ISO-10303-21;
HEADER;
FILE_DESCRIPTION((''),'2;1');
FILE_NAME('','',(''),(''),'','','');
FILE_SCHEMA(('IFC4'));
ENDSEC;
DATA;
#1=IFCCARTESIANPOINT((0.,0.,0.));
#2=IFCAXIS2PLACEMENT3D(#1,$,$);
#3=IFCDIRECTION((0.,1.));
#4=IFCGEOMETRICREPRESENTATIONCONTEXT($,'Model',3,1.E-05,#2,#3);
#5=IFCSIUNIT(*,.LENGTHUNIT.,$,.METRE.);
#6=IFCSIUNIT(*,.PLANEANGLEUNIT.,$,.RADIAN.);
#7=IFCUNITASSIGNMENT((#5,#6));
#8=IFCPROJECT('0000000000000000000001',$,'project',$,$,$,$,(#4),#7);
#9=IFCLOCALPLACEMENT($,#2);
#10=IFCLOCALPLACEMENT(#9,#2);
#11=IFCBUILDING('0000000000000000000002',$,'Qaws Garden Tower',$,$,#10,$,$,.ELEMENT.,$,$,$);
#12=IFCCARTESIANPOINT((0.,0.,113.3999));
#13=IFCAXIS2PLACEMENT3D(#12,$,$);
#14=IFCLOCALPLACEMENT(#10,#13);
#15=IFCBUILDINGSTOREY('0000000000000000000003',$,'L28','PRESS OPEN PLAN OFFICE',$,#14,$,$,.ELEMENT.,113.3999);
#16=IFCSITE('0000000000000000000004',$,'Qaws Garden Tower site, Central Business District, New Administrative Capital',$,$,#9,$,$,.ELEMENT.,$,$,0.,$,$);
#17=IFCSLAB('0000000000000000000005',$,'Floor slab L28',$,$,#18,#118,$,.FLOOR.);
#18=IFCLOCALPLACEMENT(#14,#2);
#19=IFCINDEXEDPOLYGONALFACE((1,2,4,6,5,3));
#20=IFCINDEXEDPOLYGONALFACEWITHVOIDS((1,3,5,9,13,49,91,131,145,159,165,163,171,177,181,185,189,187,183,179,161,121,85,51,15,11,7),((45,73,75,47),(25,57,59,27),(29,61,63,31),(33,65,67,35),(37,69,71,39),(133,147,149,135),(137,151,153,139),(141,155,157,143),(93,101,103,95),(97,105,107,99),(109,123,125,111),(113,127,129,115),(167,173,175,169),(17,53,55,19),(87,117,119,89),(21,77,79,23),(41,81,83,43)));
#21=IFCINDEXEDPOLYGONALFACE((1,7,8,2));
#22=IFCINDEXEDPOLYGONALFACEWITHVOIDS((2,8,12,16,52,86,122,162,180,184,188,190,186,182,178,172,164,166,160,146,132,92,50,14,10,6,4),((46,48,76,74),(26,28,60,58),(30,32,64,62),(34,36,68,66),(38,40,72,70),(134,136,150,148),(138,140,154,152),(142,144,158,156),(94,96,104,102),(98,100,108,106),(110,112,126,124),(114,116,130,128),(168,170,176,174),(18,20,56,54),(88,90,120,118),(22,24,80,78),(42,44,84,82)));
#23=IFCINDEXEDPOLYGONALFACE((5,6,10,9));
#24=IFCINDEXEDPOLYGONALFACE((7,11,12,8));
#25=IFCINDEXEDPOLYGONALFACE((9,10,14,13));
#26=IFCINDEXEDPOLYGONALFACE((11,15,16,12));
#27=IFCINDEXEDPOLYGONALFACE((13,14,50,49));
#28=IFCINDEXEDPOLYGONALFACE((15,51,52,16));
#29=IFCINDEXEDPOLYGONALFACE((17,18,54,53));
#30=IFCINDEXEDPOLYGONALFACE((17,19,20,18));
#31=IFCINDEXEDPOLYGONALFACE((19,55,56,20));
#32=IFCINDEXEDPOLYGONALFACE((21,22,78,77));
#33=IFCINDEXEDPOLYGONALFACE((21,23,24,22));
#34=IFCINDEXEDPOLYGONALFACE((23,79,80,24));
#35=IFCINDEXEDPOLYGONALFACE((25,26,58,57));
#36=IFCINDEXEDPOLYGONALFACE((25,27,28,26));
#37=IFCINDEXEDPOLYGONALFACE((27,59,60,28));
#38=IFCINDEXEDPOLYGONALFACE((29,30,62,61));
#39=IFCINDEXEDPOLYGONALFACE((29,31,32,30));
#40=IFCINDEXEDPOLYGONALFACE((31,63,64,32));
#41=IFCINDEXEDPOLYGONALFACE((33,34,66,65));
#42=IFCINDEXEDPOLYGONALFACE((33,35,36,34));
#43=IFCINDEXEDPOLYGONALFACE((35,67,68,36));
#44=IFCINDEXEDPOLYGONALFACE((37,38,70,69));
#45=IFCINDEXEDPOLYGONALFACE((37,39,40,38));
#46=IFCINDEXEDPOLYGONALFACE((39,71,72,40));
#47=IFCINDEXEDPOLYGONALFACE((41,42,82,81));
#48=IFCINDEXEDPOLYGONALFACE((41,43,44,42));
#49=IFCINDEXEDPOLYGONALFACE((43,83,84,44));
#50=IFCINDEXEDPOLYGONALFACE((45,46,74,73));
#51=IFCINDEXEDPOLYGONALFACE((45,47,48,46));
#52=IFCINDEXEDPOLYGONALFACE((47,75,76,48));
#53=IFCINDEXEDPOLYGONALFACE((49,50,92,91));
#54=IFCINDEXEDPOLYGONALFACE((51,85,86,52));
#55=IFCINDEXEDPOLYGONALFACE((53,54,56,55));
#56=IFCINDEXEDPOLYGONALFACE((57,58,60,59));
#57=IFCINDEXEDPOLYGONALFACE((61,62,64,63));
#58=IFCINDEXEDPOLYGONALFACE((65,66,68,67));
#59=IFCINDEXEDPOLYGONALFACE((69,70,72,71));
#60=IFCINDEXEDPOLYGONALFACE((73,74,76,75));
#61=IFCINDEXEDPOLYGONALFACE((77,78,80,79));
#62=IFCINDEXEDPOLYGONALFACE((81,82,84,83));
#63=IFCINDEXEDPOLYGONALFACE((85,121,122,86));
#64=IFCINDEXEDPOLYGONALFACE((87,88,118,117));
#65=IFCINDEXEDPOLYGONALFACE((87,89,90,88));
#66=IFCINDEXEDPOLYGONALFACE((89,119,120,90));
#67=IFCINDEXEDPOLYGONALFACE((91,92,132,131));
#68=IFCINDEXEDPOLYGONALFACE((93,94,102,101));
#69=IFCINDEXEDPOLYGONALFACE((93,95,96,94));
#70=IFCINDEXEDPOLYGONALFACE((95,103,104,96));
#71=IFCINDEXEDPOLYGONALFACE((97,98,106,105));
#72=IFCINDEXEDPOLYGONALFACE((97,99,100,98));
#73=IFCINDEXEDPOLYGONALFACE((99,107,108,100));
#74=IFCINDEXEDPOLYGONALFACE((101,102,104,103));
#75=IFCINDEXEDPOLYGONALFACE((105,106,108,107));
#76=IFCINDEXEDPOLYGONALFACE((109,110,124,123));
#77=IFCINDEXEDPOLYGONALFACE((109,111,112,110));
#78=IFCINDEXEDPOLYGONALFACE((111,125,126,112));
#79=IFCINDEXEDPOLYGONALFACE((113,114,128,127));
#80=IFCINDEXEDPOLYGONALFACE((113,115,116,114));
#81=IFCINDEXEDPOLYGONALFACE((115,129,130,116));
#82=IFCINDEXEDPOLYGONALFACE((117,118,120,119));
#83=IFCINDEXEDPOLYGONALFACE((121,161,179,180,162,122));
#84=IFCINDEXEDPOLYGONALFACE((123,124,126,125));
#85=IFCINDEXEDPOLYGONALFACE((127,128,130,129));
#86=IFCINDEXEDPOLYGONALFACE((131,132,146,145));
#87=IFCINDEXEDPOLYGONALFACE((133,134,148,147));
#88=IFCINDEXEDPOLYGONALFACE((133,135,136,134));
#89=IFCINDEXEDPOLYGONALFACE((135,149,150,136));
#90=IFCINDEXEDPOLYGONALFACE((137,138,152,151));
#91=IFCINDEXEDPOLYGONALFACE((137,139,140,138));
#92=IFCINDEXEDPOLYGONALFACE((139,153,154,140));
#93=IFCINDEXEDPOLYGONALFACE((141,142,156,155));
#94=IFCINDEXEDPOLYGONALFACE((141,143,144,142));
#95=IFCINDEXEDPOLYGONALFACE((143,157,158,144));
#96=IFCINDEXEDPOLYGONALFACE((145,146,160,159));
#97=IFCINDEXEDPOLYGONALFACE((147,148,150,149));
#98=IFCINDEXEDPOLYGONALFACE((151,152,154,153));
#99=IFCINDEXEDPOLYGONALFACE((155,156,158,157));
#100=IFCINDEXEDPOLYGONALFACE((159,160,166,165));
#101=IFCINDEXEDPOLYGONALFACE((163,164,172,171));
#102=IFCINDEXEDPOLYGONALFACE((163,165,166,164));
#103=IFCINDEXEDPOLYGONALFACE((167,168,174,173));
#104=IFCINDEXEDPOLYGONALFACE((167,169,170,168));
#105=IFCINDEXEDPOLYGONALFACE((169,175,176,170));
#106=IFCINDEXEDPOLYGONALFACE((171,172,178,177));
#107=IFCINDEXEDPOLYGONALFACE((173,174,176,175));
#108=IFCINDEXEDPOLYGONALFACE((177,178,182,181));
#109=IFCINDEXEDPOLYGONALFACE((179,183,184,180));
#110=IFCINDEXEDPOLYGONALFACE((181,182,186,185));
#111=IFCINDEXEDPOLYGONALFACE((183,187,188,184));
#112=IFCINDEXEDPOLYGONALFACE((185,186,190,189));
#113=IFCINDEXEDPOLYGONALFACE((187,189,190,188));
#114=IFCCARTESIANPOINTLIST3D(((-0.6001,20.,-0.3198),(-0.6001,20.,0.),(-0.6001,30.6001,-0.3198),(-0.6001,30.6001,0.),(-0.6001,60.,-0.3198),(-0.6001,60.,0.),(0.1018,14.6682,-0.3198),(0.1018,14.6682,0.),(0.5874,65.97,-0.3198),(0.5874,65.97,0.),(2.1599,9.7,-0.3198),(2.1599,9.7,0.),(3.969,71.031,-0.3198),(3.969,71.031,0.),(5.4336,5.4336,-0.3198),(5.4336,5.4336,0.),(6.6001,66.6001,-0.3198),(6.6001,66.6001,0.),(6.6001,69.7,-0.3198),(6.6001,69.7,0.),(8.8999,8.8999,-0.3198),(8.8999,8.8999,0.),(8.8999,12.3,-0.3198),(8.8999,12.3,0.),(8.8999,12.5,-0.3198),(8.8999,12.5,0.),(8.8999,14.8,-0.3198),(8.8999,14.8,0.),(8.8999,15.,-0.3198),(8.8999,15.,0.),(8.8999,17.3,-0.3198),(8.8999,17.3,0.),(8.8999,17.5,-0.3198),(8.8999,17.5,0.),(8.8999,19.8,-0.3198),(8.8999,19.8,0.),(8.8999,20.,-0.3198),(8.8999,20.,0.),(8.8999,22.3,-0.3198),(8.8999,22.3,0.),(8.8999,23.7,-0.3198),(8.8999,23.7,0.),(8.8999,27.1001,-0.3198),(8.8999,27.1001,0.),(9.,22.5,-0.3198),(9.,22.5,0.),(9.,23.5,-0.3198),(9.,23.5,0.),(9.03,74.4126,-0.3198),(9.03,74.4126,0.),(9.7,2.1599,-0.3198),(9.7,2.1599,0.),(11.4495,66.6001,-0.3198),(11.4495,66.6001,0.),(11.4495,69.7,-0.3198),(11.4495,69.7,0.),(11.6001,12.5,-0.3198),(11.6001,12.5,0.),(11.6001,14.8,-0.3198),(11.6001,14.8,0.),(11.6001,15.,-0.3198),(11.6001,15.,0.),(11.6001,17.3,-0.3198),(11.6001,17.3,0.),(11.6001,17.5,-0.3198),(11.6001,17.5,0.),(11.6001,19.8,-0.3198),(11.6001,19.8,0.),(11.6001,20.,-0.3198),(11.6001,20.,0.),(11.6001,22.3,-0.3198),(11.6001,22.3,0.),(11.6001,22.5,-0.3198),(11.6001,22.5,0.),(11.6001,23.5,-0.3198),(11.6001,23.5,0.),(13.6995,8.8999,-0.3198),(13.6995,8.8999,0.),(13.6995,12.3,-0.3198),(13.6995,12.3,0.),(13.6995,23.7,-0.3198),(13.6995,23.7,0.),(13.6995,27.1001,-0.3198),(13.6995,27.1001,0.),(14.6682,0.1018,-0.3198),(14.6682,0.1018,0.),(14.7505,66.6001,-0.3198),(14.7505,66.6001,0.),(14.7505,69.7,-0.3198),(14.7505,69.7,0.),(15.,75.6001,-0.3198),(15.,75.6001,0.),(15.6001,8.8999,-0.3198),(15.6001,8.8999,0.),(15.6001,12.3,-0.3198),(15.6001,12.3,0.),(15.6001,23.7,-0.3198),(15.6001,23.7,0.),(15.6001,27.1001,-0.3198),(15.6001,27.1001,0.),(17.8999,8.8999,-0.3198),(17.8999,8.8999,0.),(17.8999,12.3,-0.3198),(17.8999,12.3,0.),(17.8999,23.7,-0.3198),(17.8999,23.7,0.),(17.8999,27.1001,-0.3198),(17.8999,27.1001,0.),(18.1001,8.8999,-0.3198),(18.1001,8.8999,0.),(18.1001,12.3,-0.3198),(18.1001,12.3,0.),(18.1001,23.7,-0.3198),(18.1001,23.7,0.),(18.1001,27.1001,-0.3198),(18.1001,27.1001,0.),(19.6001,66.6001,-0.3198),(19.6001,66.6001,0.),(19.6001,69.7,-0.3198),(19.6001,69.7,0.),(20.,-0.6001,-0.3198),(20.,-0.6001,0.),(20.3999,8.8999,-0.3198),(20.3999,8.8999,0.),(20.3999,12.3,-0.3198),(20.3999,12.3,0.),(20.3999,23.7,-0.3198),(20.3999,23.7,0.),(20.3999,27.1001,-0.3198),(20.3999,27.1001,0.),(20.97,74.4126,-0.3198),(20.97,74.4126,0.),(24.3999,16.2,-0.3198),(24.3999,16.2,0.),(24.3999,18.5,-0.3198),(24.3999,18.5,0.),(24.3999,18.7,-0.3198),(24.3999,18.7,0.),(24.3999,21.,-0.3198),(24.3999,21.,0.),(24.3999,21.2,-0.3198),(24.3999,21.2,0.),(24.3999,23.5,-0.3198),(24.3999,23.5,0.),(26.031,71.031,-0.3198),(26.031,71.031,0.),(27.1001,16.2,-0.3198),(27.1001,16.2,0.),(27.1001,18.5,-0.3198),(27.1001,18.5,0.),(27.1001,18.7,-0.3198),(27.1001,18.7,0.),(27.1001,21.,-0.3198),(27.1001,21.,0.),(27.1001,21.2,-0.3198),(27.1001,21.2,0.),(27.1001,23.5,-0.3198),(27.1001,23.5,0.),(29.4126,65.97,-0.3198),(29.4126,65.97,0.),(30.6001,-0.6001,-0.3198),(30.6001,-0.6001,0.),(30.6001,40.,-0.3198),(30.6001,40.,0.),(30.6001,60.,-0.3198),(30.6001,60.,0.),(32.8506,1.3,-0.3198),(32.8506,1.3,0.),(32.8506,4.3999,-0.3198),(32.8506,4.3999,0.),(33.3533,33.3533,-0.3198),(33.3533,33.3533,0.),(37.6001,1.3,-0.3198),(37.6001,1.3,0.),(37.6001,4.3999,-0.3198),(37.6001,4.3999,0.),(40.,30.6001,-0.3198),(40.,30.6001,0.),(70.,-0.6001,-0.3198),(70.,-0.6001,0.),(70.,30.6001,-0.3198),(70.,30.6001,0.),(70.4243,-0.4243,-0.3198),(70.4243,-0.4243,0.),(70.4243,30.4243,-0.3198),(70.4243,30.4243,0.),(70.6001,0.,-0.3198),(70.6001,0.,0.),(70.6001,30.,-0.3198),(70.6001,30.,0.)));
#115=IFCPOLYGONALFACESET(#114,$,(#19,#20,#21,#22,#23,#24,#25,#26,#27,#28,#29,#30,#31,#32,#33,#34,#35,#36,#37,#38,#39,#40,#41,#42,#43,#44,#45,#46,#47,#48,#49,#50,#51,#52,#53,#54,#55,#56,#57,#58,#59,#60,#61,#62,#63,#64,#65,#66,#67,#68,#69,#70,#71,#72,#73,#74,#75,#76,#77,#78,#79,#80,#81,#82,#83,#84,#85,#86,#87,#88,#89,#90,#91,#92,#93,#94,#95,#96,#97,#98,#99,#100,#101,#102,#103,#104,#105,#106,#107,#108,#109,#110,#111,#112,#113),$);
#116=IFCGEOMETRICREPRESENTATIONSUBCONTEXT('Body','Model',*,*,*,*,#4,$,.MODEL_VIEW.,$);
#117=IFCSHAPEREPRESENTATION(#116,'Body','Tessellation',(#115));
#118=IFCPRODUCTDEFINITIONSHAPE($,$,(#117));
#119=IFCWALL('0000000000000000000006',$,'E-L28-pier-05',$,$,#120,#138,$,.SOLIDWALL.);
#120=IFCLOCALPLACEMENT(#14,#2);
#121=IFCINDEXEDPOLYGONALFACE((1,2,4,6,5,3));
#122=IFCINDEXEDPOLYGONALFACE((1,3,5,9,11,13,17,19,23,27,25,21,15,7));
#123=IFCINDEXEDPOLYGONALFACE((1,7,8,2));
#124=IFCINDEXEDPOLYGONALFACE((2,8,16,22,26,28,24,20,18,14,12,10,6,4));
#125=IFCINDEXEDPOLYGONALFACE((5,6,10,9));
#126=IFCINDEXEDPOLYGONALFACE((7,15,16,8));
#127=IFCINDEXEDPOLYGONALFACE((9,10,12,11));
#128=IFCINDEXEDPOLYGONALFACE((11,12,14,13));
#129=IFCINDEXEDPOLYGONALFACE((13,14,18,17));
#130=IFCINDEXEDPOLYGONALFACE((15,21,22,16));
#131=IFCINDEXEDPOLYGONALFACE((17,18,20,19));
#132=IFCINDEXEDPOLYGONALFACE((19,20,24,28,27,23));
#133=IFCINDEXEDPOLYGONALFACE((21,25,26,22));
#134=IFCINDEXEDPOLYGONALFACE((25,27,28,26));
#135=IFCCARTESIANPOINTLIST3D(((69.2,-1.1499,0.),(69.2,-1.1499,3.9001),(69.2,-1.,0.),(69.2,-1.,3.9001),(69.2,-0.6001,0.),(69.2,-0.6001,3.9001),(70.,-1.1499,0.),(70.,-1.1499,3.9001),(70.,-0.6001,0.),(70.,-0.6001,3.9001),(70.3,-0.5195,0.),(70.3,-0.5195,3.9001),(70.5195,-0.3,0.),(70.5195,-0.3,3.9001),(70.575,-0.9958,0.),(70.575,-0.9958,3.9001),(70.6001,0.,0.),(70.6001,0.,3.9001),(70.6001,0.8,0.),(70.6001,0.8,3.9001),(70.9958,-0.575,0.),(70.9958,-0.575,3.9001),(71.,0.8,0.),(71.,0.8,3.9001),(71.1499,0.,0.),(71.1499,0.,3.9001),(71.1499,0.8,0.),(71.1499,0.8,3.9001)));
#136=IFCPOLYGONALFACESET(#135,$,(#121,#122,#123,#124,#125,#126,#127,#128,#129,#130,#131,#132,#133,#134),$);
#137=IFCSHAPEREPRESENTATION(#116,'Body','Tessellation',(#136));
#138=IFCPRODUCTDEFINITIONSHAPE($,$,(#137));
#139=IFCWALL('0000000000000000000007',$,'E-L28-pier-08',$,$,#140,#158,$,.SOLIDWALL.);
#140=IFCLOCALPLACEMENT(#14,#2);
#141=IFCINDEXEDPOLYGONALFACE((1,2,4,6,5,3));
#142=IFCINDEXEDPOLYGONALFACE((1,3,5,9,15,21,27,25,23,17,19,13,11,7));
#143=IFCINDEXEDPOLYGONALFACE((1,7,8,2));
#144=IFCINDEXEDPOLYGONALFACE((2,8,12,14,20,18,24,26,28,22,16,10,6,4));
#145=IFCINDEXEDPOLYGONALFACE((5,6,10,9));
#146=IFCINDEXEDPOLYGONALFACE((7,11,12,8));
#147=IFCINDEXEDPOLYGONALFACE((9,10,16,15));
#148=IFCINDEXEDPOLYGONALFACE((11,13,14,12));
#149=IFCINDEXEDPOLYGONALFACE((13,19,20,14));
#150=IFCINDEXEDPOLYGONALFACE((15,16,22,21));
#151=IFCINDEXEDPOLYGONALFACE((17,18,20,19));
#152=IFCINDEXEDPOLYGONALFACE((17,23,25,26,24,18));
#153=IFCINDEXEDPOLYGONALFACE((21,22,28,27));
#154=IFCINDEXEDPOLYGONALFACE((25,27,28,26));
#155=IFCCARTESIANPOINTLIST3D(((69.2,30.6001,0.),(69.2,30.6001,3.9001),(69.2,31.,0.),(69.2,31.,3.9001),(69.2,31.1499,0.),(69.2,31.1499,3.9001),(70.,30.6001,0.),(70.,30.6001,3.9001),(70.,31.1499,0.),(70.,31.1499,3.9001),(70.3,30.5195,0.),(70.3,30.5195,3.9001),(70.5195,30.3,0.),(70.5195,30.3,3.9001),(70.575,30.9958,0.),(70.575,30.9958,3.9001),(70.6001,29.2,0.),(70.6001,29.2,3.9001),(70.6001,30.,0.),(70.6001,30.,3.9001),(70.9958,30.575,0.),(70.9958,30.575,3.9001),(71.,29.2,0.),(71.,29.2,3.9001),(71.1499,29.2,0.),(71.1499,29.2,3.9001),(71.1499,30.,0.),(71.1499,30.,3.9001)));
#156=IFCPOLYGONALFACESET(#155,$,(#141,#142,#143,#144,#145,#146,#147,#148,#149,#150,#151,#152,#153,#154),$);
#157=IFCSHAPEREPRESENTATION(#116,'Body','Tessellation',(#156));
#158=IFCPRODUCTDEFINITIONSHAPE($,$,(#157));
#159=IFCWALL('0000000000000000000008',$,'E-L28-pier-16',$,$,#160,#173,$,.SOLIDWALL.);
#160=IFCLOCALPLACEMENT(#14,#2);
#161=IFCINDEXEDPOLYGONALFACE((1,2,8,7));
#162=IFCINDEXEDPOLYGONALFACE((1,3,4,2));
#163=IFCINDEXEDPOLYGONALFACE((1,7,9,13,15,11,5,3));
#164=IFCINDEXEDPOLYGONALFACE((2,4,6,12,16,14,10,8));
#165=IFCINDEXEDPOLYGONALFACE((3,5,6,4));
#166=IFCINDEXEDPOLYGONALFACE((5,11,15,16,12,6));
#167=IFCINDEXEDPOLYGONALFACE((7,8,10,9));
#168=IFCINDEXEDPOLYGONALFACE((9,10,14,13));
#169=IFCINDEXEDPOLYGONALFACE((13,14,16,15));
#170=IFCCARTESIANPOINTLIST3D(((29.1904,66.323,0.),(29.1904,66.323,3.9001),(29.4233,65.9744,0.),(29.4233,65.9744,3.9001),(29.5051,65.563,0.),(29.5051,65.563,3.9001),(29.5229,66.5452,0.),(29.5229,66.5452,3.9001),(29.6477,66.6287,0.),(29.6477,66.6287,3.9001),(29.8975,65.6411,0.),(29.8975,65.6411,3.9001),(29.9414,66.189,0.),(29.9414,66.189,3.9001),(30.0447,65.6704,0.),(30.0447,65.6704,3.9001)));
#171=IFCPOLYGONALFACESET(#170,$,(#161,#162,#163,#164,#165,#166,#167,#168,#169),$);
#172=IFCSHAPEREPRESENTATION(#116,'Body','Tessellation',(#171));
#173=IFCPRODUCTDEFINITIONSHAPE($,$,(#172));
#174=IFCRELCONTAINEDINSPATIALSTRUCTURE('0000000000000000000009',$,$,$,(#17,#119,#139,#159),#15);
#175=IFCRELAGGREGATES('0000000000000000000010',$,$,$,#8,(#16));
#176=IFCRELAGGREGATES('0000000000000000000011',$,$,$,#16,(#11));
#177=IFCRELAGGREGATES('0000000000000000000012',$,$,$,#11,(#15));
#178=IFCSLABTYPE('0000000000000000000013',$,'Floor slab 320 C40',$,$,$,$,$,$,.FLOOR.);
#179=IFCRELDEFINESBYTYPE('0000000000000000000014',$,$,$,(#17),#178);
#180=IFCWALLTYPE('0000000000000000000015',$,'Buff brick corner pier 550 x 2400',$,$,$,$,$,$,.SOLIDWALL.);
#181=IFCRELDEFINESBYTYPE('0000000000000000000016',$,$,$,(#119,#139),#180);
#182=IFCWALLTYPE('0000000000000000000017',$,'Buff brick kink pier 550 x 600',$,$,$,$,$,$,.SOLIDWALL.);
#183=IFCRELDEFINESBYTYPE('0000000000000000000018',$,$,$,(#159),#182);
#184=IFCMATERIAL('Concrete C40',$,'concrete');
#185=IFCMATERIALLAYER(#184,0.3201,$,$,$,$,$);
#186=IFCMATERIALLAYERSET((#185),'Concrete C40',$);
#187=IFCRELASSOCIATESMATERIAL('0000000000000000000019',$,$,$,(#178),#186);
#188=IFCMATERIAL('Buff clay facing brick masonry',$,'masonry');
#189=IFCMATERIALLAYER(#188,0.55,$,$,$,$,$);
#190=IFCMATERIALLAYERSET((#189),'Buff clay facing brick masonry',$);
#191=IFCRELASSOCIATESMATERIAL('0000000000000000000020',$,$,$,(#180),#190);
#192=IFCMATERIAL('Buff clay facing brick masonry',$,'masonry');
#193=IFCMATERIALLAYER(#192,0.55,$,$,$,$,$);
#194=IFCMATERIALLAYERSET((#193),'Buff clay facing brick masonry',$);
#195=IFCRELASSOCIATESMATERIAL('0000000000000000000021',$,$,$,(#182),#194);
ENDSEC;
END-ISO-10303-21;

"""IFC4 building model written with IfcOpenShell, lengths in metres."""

from ifc_helpers import new_model, si_unit, direction, frame, origin, place, context, subcontext, project, spatial, polyline, outline, extrude, material, layer, layer_set, type_object, element, save


model = new_model("IFC4")

# Units and contexts
model_context = context("Model", 3, precision=1e-05, world=origin(), true_north=direction((0.0, 1.0)))
body_context = subcontext(model_context, "Body", "Model", "MODEL_VIEW")
ifc_project = project(units=[si_unit("LENGTHUNIT", "METRE"), si_unit("PLANEANGLEUNIT", "RADIAN")], contexts=[model_context])

# Site, building, storey
site_placement = place(None, origin())
site = spatial("IfcSite", under=ifc_project, at=site_placement, Name="Qaws Garden Tower site, Central Business District, New Administrative Capital", CompositionType="ELEMENT", RefElevation=0.0)
building_placement = place(site_placement, origin())
building = spatial("IfcBuilding", under=site, at=building_placement, Name="Qaws Garden Tower", CompositionType="ELEMENT")
storey_placement = place(building_placement, frame((0.0, 0.0, 113.3999)))
storey = spatial("IfcBuildingStorey", under=building, at=storey_placement, Name="L28", Description="PRESS OPEN PLAN OFFICE", CompositionType="ELEMENT", Elevation=113.3999)

# Slab
ifc_material_1 = material(Name="Concrete C40", Category="concrete")
ifc_layer_1 = layer(ifc_material_1, 0.3201)
ifc_layer_set_1 = layer_set([ifc_layer_1], Name="Concrete C40")
slab_type = type_object("IfcSlabType", Name="Floor slab 320 C40", PredefinedType="FLOOR", material=ifc_layer_set_1)
slab_placement = place(storey_placement, frame((0.0, 0.0, -0.3198)))
element("IfcSlab", 1, at=slab_placement, inside=storey, type_object=slab_type, Name="Floor slab L28", PredefinedType="FLOOR", context=body_context, shape_type="SweptSolid", body=[
    extrude(outline(polyline([(0.1018, 14.6682), (-0.6001, 20.0), (-0.6001, 30.6001), (-0.6001, 60.0), (-0.6001, 60.0), (0.5874, 65.97), (3.969, 71.031), (9.03, 74.4126), (15.0, 75.6001), (20.97, 74.4126), (26.031, 71.031), (29.4126, 65.97), (30.6001, 60.0), (30.6001, 40.0), (33.3533, 33.3533), (40.0, 30.6001), (70.0, 30.6001), (70.4243, 30.4243), (70.6001, 30.0), (70.6001, 0.0), (70.4243, -0.4243), (70.0, -0.6001), (30.6001, -0.6001), (20.0, -0.6001), (14.6682, 0.1018), (9.7, 2.1599), (5.4336, 5.4336), (2.1599, 9.7), (0.1018, 14.6682)]), holes=[polyline([(13.6995, 12.3), (8.8999, 12.3), (8.8999, 8.8999), (13.6995, 8.8999), (13.6995, 12.3)]), polyline([(17.8999, 12.3), (15.6001, 12.3), (15.6001, 8.8999), (17.8999, 8.8999), (17.8999, 12.3)]), polyline([(11.6001, 14.8), (8.8999, 14.8), (8.8999, 12.5), (11.6001, 12.5), (11.6001, 14.8)]), polyline([(11.6001, 17.3), (8.8999, 17.3), (8.8999, 15.0), (11.6001, 15.0), (11.6001, 17.3)]), polyline([(11.6001, 19.8), (8.8999, 19.8), (8.8999, 17.5), (11.6001, 17.5), (11.6001, 19.8)]), polyline([(11.6001, 22.3), (8.8999, 22.3), (8.8999, 20.0), (11.6001, 20.0), (11.6001, 22.3)]), polyline([(11.6001, 23.5), (9.0, 23.5), (9.0, 22.5), (11.6001, 22.5), (11.6001, 23.5)]), polyline([(13.6995, 27.1001), (8.8999, 27.1001), (8.8999, 23.7), (13.6995, 23.7), (13.6995, 27.1001)]), polyline([(11.4495, 69.7), (6.6001, 69.7), (6.6001, 66.6001), (11.4495, 66.6001), (11.4495, 69.7)]), polyline([(37.6001, 4.3999), (32.8506, 4.3999), (32.8506, 1.3), (37.6001, 1.3), (37.6001, 4.3999)]), polyline([(20.3999, 12.3), (18.1001, 12.3), (18.1001, 8.8999), (20.3999, 8.8999), (20.3999, 12.3)]), polyline([(27.1001, 18.5), (24.3999, 18.5), (24.3999, 16.2), (27.1001, 16.2), (27.1001, 18.5)]), polyline([(27.1001, 21.0), (24.3999, 21.0), (24.3999, 18.7), (27.1001, 18.7), (27.1001, 21.0)]), polyline([(27.1001, 23.5), (24.3999, 23.5), (24.3999, 21.2), (27.1001, 21.2), (27.1001, 23.5)]), polyline([(17.8999, 27.1001), (15.6001, 27.1001), (15.6001, 23.7), (17.8999, 23.7), (17.8999, 27.1001)]), polyline([(20.3999, 23.7), (20.3999, 27.1001), (18.1001, 27.1001), (18.1001, 23.7), (20.3999, 23.7)]), polyline([(19.6001, 66.6001), (19.6001, 69.7), (14.7505, 69.7), (14.7505, 66.6001), (19.6001, 66.6001)])]), origin(), (0.0, 0.0, 1.0), 0.3198),
])

# Walls
ifc_material_2 = material(Name="Buff clay facing brick masonry", Category="masonry")
ifc_layer_2 = layer(ifc_material_2, 0.55)
ifc_layer_set_2 = layer_set([ifc_layer_2], Name="Buff clay facing brick masonry")
wall_type_1 = type_object("IfcWallType", Name="Buff brick corner pier 550 x 2400", PredefinedType="SOLIDWALL", material=ifc_layer_set_2)
placement = place(storey_placement, origin())
element("IfcWall", 2, at=placement, inside=storey, type_object=wall_type_1, Name="E-L28-pier-05", PredefinedType="SOLIDWALL", context=body_context, shape_type="SweptSolid", body=[
    extrude(outline(polyline([(69.2, -1.0), (69.2, -1.1499), (70.0, -1.1499), (70.575, -0.9958), (70.9958, -0.575), (71.1499, 0.0), (71.1499, 0.8), (71.0, 0.8), (70.6001, 0.8), (70.6001, 0.0), (70.5195, -0.3), (70.3, -0.5195), (70.0, -0.6001), (69.2, -0.6001), (69.2, -1.0)])), origin(), (0.0, 0.0, 1.0), 3.9001),
])
element("IfcWall", 3, at=placement, inside=storey, type_object=wall_type_1, Name="E-L28-pier-08", PredefinedType="SOLIDWALL", context=body_context, shape_type="SweptSolid", body=[
    extrude(outline(polyline([(71.0, 29.2), (71.1499, 29.2), (71.1499, 30.0), (70.9958, 30.575), (70.575, 30.9958), (70.0, 31.1499), (69.2, 31.1499), (69.2, 31.0), (69.2, 30.6001), (70.0, 30.6001), (70.3, 30.5195), (70.5195, 30.3), (70.6001, 30.0), (70.6001, 29.2), (71.0, 29.2)])), origin(), (0.0, 0.0, 1.0), 3.9001),
])
ifc_material_3 = material(Name="Buff clay facing brick masonry", Category="masonry")
ifc_layer_3 = layer(ifc_material_3, 0.55)
ifc_layer_set_3 = layer_set([ifc_layer_3], Name="Buff clay facing brick masonry")
wall_type_2 = type_object("IfcWallType", Name="Buff brick kink pier 550 x 600", PredefinedType="SOLIDWALL", material=ifc_layer_set_3)
element("IfcWall", 4, at=placement, inside=storey, type_object=wall_type_2, Name="E-L28-pier-16", PredefinedType="SOLIDWALL", context=body_context, shape_type="SweptSolid", body=[
    extrude(outline(polyline([(29.8975, 65.6411), (30.0447, 65.6704), (29.9414, 66.189), (29.6477, 66.6287), (29.5229, 66.5452), (29.1904, 66.323), (29.4233, 65.9744), (29.5051, 65.563), (29.8975, 65.6411)])), origin(), (0.0, 0.0, 1.0), 3.9001),
])

save(model, "model.ifc")
